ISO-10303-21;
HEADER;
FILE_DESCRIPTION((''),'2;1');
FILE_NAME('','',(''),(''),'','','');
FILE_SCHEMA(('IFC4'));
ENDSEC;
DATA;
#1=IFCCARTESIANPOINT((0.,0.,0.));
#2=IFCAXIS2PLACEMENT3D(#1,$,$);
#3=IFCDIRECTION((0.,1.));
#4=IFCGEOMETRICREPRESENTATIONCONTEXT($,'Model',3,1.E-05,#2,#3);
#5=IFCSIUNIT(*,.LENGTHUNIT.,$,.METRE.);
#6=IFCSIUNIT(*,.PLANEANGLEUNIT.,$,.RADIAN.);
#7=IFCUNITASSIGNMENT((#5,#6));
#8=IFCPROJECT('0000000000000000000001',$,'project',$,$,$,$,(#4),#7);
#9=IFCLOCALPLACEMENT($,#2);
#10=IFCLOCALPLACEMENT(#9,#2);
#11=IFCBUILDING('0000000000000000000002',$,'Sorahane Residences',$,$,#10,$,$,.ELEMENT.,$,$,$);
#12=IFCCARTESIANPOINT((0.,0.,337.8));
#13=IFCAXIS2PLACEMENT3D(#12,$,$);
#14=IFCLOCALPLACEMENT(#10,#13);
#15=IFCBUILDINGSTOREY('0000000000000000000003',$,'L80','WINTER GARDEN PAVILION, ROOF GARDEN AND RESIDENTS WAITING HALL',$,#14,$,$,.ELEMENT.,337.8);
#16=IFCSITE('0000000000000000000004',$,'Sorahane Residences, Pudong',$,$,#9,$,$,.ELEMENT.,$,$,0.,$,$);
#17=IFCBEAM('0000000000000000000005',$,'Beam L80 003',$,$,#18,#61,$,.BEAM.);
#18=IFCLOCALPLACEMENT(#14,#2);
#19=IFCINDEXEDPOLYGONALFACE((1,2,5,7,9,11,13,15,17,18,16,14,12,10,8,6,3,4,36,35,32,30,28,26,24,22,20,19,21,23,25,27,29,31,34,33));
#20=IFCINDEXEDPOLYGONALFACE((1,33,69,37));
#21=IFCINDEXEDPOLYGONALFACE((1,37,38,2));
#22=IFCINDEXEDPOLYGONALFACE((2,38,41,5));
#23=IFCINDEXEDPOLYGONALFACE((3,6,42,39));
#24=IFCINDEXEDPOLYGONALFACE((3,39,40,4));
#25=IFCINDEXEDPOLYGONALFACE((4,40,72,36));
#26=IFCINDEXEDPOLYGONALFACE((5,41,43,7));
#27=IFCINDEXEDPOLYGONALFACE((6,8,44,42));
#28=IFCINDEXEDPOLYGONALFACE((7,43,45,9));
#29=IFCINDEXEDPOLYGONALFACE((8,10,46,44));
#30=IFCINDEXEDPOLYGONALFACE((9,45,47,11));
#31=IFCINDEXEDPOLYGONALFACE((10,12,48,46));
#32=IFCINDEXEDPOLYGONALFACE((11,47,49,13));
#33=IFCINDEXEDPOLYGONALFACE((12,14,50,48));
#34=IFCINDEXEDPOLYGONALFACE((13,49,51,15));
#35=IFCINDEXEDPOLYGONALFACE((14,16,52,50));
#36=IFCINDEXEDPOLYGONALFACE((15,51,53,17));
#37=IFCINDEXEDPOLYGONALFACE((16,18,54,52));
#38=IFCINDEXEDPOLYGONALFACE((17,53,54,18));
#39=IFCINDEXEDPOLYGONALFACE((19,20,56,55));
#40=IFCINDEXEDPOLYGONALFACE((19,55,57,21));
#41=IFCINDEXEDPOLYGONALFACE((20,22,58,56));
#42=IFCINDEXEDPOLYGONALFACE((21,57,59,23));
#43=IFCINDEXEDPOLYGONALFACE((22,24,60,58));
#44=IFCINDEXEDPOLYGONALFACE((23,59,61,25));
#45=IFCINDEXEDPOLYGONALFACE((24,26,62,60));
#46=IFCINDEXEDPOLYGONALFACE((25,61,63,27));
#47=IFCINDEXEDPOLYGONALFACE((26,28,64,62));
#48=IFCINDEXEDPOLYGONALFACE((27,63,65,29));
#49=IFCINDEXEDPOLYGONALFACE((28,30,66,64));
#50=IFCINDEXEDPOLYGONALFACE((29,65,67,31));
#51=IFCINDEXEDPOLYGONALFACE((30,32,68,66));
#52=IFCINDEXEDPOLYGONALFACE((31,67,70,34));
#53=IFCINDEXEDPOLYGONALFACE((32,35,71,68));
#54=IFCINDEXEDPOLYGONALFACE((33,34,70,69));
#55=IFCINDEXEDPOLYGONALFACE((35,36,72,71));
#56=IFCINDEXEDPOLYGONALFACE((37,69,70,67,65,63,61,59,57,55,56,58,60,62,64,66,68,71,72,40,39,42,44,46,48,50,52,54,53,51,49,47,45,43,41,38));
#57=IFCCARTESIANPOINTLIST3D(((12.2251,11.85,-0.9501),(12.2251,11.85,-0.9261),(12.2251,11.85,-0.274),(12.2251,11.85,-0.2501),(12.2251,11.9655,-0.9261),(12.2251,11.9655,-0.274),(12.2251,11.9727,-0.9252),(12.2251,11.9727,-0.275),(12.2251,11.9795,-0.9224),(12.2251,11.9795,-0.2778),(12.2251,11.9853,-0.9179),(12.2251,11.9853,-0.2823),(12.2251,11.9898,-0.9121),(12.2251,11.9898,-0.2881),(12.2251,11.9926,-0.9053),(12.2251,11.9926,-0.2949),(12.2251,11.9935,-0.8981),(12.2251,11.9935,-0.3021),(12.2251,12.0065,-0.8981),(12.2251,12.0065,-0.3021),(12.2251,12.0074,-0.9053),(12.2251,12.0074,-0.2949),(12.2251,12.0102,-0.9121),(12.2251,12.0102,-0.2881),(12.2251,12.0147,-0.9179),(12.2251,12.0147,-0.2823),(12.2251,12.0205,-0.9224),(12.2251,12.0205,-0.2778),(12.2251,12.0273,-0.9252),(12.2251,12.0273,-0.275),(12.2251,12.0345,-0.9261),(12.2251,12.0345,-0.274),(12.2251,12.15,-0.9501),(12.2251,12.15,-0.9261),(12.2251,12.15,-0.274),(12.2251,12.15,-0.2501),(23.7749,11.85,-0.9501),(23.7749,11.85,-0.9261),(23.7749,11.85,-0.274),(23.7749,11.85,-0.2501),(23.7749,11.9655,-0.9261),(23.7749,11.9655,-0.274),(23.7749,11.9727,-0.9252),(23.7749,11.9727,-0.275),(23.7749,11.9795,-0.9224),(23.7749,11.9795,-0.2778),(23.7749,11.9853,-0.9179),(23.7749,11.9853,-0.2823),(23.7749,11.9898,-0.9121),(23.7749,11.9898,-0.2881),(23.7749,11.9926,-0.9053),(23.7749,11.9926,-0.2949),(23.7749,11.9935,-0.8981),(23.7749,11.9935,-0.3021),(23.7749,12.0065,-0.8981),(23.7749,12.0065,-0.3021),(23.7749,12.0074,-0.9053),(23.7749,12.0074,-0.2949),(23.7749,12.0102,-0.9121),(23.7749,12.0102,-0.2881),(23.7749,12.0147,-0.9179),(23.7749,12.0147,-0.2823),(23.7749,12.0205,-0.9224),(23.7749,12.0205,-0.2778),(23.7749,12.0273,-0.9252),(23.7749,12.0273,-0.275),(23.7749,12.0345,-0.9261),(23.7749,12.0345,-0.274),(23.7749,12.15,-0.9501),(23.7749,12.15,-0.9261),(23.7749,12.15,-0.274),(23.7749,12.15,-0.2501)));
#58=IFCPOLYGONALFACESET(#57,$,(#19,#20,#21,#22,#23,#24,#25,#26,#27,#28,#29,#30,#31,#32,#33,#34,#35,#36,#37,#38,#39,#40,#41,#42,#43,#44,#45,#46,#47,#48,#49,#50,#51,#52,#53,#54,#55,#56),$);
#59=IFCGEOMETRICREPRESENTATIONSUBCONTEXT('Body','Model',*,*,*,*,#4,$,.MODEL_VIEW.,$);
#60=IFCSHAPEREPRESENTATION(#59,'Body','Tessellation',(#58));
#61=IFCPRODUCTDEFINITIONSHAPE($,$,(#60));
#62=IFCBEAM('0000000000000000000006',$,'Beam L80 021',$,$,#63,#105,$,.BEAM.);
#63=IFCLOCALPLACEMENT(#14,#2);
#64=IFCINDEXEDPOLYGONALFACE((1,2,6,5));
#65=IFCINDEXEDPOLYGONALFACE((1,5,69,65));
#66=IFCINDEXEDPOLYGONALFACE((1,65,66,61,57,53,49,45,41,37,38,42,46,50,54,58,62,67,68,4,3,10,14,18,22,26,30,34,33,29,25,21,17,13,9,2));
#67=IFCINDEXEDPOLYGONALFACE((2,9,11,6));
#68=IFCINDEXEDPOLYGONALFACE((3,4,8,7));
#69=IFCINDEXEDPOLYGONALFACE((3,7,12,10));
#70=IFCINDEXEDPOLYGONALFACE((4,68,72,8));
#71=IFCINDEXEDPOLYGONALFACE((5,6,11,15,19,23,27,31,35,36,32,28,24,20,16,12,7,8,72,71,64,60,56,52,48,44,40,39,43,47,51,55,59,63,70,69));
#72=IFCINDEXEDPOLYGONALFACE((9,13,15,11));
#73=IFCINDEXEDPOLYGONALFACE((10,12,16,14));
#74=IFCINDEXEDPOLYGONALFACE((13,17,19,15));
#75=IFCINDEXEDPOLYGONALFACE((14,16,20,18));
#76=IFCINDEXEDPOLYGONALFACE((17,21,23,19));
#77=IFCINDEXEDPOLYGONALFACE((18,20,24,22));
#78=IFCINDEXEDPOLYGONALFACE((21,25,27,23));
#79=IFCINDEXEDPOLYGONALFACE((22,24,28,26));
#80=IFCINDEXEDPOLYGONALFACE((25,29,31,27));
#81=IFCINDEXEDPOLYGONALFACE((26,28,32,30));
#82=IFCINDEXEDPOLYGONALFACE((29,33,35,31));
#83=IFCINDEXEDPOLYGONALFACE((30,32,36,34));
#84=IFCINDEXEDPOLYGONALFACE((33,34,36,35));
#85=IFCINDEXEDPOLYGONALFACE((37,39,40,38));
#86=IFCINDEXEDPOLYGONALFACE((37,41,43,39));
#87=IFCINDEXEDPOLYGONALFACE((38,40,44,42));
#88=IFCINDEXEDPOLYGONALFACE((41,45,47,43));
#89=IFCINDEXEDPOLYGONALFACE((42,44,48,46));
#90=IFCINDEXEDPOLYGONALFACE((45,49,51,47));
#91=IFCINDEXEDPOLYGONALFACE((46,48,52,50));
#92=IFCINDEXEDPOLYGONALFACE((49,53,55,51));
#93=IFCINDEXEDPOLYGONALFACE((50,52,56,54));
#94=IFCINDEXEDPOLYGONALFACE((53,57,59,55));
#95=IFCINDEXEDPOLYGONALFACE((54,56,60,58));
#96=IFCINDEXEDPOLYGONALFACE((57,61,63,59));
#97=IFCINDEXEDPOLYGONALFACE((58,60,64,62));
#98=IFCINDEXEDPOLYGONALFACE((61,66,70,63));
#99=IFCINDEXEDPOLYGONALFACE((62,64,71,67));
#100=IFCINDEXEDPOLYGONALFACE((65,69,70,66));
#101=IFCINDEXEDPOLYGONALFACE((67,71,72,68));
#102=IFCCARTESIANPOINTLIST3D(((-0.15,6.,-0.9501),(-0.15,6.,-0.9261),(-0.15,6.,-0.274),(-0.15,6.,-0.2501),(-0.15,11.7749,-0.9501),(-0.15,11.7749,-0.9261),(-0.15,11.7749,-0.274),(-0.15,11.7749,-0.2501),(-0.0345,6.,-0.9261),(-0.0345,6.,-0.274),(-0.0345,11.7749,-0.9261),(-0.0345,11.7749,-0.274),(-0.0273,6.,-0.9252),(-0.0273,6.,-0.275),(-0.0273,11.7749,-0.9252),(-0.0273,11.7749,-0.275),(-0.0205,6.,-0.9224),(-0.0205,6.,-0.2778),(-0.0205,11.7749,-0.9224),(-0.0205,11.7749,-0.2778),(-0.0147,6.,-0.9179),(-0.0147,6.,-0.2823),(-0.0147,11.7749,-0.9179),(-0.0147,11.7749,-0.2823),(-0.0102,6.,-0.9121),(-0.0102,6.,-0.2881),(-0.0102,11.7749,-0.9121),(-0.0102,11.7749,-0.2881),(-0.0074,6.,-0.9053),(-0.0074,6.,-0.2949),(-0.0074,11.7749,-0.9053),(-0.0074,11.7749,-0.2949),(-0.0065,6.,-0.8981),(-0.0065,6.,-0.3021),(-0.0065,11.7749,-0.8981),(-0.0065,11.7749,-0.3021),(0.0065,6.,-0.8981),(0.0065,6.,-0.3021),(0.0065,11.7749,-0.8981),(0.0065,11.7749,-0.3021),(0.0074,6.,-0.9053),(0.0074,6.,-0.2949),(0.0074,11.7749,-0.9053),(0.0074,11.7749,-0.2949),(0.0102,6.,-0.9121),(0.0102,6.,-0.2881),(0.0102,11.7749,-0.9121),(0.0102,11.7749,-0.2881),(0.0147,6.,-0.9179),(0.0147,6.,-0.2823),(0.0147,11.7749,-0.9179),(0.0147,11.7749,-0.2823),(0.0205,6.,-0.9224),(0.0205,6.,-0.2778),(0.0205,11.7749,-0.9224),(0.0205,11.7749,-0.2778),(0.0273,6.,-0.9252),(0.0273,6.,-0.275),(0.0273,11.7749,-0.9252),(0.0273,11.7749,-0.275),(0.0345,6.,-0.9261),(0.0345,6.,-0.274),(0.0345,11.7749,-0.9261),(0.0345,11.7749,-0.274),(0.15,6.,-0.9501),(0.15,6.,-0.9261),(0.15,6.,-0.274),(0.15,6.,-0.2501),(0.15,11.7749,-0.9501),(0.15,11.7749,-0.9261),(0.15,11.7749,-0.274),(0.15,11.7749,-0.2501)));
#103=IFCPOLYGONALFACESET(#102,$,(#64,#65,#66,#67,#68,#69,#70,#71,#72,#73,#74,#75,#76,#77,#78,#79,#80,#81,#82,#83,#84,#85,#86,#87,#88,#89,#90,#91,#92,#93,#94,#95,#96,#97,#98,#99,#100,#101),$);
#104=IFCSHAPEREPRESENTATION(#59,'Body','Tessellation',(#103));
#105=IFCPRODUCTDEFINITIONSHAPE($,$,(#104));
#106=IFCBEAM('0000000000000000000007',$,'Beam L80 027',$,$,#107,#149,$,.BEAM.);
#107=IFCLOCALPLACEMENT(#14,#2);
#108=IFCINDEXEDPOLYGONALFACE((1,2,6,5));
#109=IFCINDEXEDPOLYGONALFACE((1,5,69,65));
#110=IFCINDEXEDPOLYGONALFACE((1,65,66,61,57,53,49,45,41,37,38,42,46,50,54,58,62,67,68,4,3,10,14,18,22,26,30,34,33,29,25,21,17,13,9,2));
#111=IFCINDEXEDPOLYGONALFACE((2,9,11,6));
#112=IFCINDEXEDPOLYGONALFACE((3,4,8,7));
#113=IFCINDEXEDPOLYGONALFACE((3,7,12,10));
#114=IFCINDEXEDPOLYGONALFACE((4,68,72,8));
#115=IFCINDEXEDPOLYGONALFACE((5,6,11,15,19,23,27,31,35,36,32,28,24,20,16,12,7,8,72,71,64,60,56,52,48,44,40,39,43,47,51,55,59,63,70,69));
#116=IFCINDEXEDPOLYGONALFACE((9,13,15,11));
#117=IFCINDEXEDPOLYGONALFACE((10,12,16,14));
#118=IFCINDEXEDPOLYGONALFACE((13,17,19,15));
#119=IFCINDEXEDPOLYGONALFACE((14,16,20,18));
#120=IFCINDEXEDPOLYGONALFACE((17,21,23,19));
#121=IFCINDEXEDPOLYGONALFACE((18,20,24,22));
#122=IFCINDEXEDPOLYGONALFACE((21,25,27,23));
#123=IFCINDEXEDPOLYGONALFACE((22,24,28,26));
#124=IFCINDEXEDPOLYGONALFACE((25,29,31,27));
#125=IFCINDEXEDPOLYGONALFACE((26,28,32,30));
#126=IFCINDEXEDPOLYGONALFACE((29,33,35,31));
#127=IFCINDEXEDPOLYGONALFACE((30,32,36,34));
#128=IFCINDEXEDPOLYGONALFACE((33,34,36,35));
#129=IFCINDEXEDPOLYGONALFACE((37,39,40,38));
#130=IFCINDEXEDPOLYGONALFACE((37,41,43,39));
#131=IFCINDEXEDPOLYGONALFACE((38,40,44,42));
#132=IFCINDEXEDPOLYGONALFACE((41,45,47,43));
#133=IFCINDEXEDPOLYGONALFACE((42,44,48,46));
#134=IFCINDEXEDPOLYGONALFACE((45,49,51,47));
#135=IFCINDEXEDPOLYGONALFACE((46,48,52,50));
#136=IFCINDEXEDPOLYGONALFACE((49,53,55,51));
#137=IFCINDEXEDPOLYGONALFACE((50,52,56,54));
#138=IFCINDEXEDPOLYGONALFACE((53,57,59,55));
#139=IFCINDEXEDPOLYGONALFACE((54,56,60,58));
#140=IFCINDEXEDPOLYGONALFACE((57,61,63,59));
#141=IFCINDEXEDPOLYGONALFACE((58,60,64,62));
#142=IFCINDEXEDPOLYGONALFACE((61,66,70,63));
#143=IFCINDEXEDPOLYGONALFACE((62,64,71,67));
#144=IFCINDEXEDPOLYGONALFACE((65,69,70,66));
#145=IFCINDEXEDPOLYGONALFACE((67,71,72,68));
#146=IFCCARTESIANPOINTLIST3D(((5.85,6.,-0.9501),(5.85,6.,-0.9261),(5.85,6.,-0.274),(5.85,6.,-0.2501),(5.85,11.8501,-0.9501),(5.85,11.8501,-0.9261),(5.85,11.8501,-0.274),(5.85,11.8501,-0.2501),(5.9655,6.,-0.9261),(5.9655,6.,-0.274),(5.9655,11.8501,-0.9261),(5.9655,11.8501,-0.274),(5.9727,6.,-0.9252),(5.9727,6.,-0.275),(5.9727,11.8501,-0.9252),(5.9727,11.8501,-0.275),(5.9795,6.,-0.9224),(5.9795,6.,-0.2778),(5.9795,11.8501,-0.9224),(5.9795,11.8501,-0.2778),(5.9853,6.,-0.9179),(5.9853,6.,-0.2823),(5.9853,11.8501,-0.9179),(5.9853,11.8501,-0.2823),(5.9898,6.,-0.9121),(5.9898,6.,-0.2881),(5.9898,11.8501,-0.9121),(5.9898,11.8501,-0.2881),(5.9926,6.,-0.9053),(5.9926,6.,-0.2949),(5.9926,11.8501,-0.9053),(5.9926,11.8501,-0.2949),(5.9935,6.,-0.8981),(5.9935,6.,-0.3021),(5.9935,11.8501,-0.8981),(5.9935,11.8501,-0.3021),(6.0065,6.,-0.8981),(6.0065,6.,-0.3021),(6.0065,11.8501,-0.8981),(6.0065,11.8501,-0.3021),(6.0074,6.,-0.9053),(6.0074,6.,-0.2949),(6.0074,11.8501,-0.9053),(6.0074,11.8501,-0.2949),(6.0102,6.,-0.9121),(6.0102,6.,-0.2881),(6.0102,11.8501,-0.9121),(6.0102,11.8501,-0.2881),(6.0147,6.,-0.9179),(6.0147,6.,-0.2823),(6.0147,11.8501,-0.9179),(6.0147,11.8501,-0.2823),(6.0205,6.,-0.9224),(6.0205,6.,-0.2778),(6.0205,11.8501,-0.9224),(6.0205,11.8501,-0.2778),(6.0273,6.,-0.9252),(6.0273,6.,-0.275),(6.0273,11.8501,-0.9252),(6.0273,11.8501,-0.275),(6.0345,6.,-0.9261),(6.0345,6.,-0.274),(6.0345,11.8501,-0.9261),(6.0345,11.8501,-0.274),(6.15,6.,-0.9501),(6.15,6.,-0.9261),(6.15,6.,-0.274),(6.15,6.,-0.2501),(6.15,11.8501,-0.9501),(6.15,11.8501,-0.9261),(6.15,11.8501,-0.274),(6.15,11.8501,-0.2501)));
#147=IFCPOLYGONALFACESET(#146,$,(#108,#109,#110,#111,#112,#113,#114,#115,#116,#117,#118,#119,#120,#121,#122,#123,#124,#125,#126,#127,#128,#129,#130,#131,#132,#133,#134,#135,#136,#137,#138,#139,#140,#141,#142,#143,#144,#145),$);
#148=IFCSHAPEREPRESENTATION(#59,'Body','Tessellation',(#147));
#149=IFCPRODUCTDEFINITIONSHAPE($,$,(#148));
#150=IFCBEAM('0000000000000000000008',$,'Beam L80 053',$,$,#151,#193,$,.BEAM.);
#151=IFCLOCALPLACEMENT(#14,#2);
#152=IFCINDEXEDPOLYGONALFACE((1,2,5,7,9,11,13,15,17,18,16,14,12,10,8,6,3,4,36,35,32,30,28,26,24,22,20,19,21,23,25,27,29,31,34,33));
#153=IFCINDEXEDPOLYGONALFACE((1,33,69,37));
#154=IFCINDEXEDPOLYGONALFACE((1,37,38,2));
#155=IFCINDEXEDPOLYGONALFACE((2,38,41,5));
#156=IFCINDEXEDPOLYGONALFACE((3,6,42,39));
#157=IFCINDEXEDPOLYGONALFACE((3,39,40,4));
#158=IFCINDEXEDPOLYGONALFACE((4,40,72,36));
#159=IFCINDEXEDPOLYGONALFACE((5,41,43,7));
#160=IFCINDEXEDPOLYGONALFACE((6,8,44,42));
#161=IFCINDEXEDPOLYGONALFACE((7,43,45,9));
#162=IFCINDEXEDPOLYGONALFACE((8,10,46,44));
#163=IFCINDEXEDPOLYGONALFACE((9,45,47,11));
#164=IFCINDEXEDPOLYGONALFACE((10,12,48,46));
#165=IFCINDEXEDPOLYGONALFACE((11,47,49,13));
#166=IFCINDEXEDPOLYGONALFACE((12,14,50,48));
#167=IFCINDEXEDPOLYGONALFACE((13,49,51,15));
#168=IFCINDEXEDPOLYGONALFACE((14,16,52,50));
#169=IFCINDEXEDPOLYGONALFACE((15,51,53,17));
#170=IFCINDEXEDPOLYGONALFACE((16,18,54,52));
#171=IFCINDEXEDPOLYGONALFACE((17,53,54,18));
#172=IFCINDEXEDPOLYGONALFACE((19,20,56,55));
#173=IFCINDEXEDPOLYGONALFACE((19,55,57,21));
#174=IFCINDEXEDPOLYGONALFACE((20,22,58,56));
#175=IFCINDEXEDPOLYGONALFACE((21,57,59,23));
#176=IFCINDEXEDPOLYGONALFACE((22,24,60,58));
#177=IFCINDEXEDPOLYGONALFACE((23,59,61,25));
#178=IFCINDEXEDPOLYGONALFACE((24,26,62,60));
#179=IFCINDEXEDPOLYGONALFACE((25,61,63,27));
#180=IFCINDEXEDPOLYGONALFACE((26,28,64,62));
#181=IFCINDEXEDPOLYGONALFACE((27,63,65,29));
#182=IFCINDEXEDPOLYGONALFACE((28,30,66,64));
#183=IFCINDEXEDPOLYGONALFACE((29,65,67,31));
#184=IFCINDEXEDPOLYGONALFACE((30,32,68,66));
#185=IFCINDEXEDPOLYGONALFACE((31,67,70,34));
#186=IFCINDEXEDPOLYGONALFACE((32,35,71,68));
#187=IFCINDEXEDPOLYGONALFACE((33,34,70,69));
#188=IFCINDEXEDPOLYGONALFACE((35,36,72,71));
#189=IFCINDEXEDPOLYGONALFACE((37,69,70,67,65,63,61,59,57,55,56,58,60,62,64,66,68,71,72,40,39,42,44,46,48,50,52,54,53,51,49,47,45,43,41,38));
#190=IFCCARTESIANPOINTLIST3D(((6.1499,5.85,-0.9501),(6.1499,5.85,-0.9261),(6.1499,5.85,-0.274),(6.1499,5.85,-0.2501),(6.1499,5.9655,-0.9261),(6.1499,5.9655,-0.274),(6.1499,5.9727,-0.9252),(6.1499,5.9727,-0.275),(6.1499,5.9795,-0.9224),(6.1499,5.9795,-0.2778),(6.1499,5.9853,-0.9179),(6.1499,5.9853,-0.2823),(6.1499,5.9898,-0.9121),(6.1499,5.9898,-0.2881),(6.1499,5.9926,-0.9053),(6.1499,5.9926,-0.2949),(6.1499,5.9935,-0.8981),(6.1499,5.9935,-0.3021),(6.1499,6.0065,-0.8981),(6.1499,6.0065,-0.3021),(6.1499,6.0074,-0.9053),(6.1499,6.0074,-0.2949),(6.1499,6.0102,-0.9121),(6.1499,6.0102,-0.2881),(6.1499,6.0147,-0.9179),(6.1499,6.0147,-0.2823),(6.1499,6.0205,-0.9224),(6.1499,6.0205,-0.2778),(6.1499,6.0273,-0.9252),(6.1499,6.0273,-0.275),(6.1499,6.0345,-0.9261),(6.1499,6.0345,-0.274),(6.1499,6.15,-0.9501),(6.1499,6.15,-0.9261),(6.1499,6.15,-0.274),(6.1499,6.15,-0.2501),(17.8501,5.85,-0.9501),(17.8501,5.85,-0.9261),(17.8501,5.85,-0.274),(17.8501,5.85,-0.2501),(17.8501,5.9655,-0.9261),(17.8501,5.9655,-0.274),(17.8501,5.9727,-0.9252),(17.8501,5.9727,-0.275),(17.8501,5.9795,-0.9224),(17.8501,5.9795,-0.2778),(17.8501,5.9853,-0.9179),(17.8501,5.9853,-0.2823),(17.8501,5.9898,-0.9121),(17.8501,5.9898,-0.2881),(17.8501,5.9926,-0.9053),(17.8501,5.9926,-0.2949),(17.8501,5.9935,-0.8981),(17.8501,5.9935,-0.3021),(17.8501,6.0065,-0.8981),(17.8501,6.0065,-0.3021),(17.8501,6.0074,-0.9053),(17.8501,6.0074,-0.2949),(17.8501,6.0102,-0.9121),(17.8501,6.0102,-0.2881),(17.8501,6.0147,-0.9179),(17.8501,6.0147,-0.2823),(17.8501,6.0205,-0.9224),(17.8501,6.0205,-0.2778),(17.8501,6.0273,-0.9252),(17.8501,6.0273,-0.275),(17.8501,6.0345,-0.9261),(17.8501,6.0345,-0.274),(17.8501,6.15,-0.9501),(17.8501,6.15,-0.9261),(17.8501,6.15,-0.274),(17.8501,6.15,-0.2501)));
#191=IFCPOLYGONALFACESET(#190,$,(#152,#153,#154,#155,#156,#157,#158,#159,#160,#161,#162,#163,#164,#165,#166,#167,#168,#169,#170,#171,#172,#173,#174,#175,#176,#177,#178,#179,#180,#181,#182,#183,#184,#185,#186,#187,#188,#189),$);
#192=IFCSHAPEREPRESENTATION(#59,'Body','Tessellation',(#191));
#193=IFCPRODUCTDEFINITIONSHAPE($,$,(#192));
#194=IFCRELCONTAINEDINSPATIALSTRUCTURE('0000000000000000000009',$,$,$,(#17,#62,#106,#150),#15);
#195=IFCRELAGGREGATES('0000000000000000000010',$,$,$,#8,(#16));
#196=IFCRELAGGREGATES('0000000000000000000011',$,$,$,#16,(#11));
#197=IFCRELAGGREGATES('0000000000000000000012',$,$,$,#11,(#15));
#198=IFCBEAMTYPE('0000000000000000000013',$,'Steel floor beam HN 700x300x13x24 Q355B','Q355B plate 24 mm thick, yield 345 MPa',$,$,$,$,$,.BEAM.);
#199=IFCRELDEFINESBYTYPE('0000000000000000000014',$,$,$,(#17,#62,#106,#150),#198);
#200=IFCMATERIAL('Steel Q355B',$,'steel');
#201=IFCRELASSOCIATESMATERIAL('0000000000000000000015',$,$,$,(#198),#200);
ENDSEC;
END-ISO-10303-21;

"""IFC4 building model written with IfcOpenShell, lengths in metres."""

from ifc_helpers import new_model, si_unit, direction, frame, origin, origin_2d, place, context, subcontext, project, spatial, i_section, extrude, material, material_profile, profile_set, type_object, element, save


model = new_model("IFC4")

# Units and contexts
model_context = context("Model", 3, precision=1e-05, world=origin(), true_north=direction((0.0, 1.0)))
body_context = subcontext(model_context, "Body", "Model", "MODEL_VIEW")
ifc_project = project(units=[si_unit("LENGTHUNIT", "METRE"), si_unit("PLANEANGLEUNIT", "RADIAN")], contexts=[model_context])

# Site, building, storey
site_placement = place(None, origin())
site = spatial("IfcSite", under=ifc_project, at=site_placement, Name="Sorahane Residences, Pudong", CompositionType="ELEMENT", RefElevation=0.0)
building_placement = place(site_placement, origin())
building = spatial("IfcBuilding", under=site, at=building_placement, Name="Sorahane Residences", CompositionType="ELEMENT")
storey_placement = place(building_placement, frame((0.0, 0.0, 337.8)))
storey = spatial("IfcBuildingStorey", under=building, at=storey_placement, Name="L80", Description="WINTER GARDEN PAVILION, ROOF GARDEN AND RESIDENTS WAITING HALL", CompositionType="ELEMENT", Elevation=337.8)

# Beams
ifc_material_1 = material(Name="Steel Q355B", Category="steel")
ifc_material_profile_1 = material_profile(ifc_material_1, i_section(OverallWidth=0.3, OverallDepth=0.7, WebThickness=0.0129, FlangeThickness=0.0239, FilletRadius=0.0281, at=origin_2d()), Name="HN 700x300x13x24")
ifc_profile_set_1 = profile_set([ifc_material_profile_1], Name="Steel Q355B")
beam_type_1 = type_object("IfcBeamType", Name="Steel floor beam HN 700x300x13x24 Q355B", Description="Q355B plate 24 mm thick, yield 345 MPa", PredefinedType="BEAM", material=ifc_profile_set_1)
for number, where, z_axis, x_axis, name in (
    (1, (12.2251, 12.0, -0.6001), (1.0, 0.0, 0.0), (0.0, 1.0, 0.0), "Beam L80 003"),
):
    element("IfcBeam", number, at=place(storey_placement, frame(where, z_axis=z_axis, x_axis=x_axis)), inside=storey, type_object=beam_type_1, Name=name, PredefinedType="BEAM", context=body_context, shape_type="SweptSolid", body=[
        extrude(i_section(OverallWidth=0.3, OverallDepth=0.7, WebThickness=0.0129, FlangeThickness=0.0239, FilletRadius=0.0281, at=origin_2d()), origin(), (0.0, 0.0, 1.0), 11.5498),
    ])
beam_1_placement = place(storey_placement, frame((0.0, 6.0, -0.6001), z_axis=(0.0, 1.0, 0.0), x_axis=(-1.0, 0.0, 0.0)))
element("IfcBeam", 2, at=beam_1_placement, inside=storey, type_object=beam_type_1, Name="Beam L80 021", PredefinedType="BEAM", context=body_context, shape_type="SweptSolid", body=[
    extrude(i_section(OverallWidth=0.3, OverallDepth=0.7, WebThickness=0.0129, FlangeThickness=0.0239, FilletRadius=0.0281, at=origin_2d()), origin(), (0.0, 0.0, 1.0), 5.7749),
])
beam_2_placement = place(storey_placement, frame((6.0, 6.0, -0.6001), z_axis=(0.0, 1.0, 0.0), x_axis=(-1.0, 0.0, 0.0)))
element("IfcBeam", 3, at=beam_2_placement, inside=storey, type_object=beam_type_1, Name="Beam L80 027", PredefinedType="BEAM", context=body_context, shape_type="SweptSolid", body=[
    extrude(i_section(OverallWidth=0.3, OverallDepth=0.7, WebThickness=0.0129, FlangeThickness=0.0239, FilletRadius=0.0281, at=origin_2d()), origin(), (0.0, 0.0, 1.0), 5.8501),
])
beam_3_placement = place(storey_placement, frame((6.1499, 6.0, -0.6001), z_axis=(1.0, 0.0, 0.0), x_axis=(0.0, 1.0, 0.0)))
element("IfcBeam", 4, at=beam_3_placement, inside=storey, type_object=beam_type_1, Name="Beam L80 053", PredefinedType="BEAM", context=body_context, shape_type="SweptSolid", body=[
    extrude(i_section(OverallWidth=0.3, OverallDepth=0.7, WebThickness=0.0129, FlangeThickness=0.0239, FilletRadius=0.0281, at=origin_2d()), origin(), (0.0, 0.0, 1.0), 11.7002),
])

save(model, "model.ifc")
